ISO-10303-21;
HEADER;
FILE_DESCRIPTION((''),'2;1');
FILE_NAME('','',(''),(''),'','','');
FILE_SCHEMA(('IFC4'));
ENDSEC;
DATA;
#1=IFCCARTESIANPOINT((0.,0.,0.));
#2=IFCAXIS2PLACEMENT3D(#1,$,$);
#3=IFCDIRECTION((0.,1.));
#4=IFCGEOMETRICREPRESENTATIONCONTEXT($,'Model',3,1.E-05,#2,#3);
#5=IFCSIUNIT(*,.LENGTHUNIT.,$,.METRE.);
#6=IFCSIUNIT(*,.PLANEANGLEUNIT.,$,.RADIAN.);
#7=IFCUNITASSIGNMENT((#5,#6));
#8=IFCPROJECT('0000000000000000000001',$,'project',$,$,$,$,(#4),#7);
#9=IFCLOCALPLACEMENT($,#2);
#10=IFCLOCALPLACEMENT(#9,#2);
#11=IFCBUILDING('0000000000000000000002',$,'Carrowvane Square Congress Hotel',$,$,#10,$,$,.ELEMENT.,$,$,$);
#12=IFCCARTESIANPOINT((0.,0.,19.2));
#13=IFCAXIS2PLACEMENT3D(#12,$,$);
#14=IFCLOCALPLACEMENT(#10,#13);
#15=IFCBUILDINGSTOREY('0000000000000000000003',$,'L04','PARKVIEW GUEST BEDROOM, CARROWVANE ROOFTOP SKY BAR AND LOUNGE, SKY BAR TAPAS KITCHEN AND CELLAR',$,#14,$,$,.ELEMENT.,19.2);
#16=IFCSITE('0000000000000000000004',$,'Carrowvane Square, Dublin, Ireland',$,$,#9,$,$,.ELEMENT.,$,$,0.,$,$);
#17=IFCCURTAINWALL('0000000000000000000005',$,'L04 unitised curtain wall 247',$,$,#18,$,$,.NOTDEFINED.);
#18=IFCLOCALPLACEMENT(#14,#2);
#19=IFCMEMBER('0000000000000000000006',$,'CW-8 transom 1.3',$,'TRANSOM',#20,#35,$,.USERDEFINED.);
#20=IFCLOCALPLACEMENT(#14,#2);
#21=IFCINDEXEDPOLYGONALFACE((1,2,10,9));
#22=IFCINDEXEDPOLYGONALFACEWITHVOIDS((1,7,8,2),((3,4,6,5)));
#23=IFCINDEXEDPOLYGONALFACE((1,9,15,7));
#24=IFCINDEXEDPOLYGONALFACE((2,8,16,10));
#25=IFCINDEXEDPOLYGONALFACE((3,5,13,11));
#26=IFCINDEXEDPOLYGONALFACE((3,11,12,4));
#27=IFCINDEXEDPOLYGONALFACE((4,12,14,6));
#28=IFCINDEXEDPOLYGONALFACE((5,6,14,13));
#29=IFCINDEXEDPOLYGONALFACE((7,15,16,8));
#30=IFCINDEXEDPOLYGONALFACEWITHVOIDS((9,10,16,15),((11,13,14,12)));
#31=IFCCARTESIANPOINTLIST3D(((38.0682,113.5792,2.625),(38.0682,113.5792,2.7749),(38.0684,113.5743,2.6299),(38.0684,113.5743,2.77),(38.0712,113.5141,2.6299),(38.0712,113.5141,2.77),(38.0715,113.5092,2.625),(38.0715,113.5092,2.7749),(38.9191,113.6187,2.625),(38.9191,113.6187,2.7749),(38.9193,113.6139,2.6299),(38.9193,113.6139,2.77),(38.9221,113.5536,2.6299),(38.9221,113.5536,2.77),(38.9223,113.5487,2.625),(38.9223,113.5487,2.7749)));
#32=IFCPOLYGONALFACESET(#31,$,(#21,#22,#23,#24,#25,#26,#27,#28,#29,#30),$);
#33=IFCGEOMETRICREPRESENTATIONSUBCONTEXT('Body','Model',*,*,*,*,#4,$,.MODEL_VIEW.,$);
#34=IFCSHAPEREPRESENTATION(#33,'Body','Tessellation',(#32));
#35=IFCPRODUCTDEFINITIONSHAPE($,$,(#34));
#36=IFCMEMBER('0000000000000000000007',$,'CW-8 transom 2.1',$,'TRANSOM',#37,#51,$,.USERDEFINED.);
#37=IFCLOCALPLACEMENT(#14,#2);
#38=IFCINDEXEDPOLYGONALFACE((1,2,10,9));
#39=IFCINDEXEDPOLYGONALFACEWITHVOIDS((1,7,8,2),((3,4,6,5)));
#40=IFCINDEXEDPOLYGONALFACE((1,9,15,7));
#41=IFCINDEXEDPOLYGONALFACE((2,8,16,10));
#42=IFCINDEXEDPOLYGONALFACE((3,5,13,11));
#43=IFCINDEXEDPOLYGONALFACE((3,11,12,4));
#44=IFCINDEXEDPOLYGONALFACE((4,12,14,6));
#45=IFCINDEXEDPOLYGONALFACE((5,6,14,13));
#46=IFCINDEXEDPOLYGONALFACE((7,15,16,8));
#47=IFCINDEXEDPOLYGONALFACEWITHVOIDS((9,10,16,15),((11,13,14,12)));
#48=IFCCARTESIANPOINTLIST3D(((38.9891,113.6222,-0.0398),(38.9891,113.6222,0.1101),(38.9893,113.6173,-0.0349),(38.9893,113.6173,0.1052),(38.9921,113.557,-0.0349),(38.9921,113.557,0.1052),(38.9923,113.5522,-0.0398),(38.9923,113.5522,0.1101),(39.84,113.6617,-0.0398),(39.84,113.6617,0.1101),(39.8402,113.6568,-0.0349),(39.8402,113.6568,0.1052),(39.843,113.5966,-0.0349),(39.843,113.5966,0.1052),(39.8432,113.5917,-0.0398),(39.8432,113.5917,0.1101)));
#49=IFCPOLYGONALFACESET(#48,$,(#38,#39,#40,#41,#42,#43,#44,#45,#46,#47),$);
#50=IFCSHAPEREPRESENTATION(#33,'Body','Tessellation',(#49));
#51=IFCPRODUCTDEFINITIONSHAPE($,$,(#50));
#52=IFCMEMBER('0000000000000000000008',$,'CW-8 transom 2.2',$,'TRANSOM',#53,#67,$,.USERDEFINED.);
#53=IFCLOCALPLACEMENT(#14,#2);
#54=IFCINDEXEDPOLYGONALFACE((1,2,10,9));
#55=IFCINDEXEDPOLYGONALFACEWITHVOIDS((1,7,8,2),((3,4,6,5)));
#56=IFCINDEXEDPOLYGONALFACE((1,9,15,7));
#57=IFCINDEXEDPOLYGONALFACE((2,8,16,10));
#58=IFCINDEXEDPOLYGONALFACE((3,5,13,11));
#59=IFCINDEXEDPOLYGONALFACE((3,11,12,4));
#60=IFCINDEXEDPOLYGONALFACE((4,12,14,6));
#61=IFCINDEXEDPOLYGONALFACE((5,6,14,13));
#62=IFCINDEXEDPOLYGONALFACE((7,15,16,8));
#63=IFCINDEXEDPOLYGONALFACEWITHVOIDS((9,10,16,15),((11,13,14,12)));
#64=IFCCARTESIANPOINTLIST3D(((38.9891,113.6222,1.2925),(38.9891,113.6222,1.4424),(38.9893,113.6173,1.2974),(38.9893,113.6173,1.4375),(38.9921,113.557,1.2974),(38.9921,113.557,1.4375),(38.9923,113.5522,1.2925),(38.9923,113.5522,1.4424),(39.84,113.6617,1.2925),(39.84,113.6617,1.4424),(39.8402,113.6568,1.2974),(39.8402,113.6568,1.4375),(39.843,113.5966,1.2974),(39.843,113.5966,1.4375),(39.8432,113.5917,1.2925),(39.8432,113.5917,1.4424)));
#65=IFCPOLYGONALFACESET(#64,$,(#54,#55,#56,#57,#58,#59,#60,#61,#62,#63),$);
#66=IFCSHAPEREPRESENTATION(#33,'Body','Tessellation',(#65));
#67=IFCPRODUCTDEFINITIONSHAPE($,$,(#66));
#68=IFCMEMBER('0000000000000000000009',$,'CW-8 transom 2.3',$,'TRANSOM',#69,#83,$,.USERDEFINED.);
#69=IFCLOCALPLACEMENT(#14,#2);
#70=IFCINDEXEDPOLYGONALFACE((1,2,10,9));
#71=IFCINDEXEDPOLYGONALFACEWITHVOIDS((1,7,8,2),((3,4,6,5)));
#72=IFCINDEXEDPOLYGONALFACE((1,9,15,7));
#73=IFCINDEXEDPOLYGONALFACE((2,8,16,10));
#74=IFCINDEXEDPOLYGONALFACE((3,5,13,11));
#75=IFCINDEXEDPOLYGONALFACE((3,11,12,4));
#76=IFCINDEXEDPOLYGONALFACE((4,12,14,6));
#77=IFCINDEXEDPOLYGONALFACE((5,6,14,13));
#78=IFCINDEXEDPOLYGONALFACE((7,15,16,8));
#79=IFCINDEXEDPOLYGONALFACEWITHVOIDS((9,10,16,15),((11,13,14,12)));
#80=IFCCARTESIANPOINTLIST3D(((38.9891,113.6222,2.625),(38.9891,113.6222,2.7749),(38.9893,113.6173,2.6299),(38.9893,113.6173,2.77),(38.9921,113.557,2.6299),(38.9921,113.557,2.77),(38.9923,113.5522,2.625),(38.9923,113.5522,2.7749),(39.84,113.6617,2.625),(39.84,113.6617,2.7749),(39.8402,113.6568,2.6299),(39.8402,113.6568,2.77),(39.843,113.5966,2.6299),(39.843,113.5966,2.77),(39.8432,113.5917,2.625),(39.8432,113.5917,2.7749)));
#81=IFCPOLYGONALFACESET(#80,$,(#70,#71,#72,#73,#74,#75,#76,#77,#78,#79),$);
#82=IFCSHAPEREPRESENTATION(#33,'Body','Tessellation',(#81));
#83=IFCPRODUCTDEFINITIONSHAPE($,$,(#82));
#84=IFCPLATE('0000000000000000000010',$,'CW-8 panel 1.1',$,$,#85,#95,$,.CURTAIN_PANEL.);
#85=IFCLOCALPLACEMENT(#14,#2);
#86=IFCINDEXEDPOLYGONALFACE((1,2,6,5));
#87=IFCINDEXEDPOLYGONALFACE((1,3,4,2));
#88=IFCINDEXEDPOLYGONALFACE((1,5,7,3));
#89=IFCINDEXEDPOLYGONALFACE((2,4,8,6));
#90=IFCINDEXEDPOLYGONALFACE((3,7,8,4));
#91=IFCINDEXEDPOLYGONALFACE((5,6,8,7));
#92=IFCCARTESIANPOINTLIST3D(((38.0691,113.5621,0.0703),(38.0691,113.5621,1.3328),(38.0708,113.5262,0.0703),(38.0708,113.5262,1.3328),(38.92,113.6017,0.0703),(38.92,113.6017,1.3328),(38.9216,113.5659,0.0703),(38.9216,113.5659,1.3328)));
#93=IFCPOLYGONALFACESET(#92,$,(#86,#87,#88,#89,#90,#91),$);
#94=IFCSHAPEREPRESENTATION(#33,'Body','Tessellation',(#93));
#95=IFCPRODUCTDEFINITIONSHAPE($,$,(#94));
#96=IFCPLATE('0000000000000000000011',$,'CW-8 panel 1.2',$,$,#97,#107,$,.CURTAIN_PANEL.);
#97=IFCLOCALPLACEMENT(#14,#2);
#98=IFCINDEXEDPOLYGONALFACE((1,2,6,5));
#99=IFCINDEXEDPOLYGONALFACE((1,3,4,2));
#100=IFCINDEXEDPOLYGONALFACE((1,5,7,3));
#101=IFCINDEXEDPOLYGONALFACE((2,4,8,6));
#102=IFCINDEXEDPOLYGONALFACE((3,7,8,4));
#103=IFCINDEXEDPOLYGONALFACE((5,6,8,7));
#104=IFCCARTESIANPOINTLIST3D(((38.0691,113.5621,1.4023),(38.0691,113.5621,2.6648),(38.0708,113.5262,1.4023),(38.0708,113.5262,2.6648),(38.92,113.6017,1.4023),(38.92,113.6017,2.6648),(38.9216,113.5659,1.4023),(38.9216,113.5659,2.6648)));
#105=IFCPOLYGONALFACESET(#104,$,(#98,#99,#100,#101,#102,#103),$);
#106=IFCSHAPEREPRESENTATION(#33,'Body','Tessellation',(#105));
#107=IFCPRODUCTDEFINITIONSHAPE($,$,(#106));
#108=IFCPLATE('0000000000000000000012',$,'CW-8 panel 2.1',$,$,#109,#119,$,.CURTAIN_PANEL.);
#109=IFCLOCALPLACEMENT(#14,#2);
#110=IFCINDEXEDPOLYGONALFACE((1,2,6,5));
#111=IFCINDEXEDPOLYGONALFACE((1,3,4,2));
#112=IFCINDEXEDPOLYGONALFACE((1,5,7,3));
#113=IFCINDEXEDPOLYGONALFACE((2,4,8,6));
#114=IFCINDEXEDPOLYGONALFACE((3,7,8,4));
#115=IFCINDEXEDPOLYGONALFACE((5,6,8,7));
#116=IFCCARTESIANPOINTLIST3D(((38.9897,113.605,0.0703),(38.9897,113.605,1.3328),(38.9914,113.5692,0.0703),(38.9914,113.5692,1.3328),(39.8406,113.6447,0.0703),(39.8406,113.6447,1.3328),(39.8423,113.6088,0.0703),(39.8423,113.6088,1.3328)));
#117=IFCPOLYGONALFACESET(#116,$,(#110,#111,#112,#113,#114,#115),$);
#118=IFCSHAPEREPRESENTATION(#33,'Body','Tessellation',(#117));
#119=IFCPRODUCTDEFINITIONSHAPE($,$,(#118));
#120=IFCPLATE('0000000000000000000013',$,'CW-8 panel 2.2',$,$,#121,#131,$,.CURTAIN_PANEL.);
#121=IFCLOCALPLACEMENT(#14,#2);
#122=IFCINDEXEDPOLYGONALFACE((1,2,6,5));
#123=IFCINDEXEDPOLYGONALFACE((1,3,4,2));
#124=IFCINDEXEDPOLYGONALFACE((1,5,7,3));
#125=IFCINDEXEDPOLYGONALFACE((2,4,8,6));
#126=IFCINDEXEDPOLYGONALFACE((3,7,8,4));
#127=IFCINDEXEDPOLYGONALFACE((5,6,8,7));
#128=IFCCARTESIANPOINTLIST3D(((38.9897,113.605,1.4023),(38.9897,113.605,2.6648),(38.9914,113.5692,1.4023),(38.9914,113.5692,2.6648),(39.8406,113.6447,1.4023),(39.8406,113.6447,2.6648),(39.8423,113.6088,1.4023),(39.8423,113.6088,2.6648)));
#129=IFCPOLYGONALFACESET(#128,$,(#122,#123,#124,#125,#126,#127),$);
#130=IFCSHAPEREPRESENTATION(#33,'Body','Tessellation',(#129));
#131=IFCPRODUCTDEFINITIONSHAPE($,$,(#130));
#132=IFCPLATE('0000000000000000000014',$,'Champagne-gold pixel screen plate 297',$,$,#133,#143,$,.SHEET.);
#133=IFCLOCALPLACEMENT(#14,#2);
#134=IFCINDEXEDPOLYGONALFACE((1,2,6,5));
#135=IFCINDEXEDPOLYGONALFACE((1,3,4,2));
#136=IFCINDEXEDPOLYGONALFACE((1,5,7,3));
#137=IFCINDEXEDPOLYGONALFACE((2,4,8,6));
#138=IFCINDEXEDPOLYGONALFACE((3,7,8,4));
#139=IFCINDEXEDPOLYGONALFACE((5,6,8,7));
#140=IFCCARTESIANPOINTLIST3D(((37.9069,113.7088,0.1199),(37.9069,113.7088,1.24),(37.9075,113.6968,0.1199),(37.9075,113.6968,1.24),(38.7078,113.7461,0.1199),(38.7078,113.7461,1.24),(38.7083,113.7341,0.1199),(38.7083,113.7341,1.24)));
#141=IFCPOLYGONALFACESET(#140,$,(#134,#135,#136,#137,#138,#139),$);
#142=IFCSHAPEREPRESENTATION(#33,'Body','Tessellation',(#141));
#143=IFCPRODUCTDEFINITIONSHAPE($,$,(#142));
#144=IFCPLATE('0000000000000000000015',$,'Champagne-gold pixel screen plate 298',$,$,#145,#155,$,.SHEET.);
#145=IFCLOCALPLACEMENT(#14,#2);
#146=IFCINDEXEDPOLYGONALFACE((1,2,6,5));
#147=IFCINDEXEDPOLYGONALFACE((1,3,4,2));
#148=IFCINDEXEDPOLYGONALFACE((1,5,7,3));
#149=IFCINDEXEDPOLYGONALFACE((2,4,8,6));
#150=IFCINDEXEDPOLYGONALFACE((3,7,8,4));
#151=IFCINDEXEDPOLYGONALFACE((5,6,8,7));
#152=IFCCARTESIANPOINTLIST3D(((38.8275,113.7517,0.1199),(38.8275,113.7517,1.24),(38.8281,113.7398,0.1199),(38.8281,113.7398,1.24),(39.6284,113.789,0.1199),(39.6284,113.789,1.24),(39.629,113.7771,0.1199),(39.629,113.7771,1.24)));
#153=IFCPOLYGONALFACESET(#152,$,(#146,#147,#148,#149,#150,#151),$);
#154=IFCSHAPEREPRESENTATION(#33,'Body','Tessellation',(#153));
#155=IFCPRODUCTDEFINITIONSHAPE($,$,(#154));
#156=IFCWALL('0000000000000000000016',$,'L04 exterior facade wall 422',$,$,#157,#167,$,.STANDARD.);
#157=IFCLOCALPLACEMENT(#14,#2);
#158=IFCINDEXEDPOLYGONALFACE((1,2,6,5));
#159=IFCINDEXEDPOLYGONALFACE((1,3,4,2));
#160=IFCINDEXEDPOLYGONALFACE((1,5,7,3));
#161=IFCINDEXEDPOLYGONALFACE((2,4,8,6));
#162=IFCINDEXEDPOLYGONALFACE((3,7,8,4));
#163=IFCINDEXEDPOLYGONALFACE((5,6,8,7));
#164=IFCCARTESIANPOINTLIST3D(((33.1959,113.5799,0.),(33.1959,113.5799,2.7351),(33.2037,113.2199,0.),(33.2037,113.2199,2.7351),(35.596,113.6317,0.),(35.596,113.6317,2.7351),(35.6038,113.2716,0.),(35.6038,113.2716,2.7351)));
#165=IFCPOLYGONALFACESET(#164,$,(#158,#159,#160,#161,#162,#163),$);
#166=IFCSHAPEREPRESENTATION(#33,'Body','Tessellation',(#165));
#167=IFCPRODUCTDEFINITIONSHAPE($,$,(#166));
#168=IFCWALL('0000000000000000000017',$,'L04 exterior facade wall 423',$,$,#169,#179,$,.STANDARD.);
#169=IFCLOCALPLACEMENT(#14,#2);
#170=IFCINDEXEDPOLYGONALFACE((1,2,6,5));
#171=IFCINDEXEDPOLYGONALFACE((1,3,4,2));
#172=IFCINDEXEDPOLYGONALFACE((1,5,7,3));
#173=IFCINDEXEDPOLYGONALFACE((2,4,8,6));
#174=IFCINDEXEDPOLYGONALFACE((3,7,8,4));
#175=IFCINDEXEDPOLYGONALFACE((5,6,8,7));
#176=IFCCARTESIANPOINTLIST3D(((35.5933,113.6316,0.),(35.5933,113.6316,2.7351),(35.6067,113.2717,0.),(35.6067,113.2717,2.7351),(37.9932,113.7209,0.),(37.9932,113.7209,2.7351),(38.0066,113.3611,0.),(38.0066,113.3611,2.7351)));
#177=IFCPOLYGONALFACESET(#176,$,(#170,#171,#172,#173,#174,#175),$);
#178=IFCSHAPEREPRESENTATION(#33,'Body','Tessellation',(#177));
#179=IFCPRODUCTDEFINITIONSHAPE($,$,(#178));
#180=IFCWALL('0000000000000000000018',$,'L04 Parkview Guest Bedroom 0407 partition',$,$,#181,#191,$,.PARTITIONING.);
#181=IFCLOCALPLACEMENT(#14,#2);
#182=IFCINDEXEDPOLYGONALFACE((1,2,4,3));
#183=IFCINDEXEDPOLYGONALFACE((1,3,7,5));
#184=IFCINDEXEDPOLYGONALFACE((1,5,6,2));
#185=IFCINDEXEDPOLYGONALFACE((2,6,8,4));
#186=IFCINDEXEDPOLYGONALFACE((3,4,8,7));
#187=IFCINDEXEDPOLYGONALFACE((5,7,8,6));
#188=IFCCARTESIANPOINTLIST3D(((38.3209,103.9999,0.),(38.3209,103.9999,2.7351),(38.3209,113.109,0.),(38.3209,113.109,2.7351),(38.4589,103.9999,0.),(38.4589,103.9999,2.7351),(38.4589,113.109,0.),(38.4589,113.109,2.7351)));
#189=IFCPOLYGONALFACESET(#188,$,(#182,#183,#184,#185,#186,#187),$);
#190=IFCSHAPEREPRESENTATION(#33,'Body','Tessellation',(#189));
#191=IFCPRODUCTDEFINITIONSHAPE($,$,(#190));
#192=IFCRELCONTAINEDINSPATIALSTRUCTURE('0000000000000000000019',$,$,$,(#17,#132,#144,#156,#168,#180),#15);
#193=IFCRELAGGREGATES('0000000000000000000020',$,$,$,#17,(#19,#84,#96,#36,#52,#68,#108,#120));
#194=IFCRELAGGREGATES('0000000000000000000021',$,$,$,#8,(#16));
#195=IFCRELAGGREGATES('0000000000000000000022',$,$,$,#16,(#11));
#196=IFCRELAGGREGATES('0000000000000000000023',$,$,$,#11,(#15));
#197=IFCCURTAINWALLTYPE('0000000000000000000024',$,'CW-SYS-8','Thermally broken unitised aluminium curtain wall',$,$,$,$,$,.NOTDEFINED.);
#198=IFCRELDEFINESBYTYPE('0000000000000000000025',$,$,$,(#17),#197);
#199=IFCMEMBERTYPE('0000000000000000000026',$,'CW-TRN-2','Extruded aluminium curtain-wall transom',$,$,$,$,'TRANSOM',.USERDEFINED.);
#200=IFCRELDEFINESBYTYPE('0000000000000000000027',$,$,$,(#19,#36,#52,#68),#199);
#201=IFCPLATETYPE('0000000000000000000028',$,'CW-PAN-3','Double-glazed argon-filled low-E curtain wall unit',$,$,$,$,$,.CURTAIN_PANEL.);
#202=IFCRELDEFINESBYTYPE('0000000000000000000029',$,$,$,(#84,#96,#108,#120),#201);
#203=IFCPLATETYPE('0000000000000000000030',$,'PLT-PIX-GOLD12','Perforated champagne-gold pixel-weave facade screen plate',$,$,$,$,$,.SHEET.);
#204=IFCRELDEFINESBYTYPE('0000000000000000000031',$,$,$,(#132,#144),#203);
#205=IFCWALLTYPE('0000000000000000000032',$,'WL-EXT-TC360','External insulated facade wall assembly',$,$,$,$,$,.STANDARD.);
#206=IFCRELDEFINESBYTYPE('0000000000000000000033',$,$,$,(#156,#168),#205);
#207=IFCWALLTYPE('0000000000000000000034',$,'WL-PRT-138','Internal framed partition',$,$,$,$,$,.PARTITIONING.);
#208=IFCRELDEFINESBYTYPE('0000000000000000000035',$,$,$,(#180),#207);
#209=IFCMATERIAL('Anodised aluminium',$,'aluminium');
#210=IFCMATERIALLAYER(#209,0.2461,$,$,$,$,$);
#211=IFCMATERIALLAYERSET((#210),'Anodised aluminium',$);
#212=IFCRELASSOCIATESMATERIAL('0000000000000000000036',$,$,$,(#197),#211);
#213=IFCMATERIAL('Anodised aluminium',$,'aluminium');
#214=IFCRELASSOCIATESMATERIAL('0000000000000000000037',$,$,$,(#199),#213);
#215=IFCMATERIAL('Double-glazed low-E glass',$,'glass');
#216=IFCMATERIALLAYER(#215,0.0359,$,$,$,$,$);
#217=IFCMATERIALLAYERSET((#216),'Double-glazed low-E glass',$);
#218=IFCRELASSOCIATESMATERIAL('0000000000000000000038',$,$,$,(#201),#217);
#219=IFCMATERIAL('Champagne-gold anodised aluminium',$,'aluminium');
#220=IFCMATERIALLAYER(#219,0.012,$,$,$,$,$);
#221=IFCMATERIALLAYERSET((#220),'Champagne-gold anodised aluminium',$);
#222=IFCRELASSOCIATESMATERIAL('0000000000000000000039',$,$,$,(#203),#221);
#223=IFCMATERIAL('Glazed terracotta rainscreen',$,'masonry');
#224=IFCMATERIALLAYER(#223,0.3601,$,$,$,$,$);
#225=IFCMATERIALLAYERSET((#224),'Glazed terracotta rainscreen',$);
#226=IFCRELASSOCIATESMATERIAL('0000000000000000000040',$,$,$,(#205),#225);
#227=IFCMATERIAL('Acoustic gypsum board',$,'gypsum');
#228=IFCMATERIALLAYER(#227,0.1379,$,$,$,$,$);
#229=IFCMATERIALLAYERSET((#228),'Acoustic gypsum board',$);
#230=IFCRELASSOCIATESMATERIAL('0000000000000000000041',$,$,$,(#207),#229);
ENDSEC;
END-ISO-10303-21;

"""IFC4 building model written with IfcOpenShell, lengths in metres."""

from ifc_helpers import new_model, si_unit, direction, frame, frame_2d, origin, origin_2d, place, context, subcontext, project, spatial, rectangle, hollow_rectangle, extrude, material, layer, layer_set, material_profile, profile_set, type_object, element, aggregate, save


model = new_model("IFC4")

# Units and contexts
model_context = context("Model", 3, precision=1e-05, world=origin(), true_north=direction((0.0, 1.0)))
body_context = subcontext(model_context, "Body", "Model", "MODEL_VIEW")
ifc_project = project(units=[si_unit("LENGTHUNIT", "METRE"), si_unit("PLANEANGLEUNIT", "RADIAN")], contexts=[model_context])

# Site, building, storey
site_placement = place(None, origin())
site = spatial("IfcSite", under=ifc_project, at=site_placement, Name="Carrowvane Square, Dublin, Ireland", CompositionType="ELEMENT", RefElevation=0.0)
building_placement = place(site_placement, origin())
building = spatial("IfcBuilding", under=site, at=building_placement, Name="Carrowvane Square Congress Hotel", CompositionType="ELEMENT")
storey_placement = place(building_placement, frame((0.0, 0.0, 19.2)))
storey = spatial("IfcBuildingStorey", under=building, at=storey_placement, Name="L04", Description="PARKVIEW GUEST BEDROOM, CARROWVANE ROOFTOP SKY BAR AND LOUNGE, SKY BAR TAPAS KITCHEN AND CELLAR", CompositionType="ELEMENT", Elevation=19.2)

# Curtain wall, members, plates
ifc_material_1 = material(Name="Anodised aluminium", Category="aluminium")
ifc_layer_1 = layer(ifc_material_1, 0.2461)
ifc_layer_set_1 = layer_set([ifc_layer_1], Name="Anodised aluminium")
curtain_wall_type = type_object("IfcCurtainWallType", Name="CW-SYS-8", Description="Thermally broken unitised aluminium curtain wall", PredefinedType="NOTDEFINED", material=ifc_layer_set_1)
curtain_wall_placement = place(storey_placement, origin())
curtain_wall = element("IfcCurtainWall", 1, at=curtain_wall_placement, inside=storey, type_object=curtain_wall_type, Name="L04 unitised curtain wall 247", PredefinedType="NOTDEFINED")
ifc_material_2 = material(Name="Anodised aluminium", Category="aluminium")
ifc_material_profile_1 = material_profile(ifc_material_2, hollow_rectangle(XDim=0.0701, YDim=0.1499, WallThickness=0.0049, at=origin_2d()), Name="CW-TR 70x150x5")
ifc_profile_set_1 = profile_set([ifc_material_profile_1], Name="Anodised aluminium")
member_type_1 = type_object("IfcMemberType", Name="CW-TRN-2", Description="Extruded aluminium curtain-wall transom", ElementType="TRANSOM", PredefinedType="USERDEFINED", material=ifc_profile_set_1)
member_1_placement = place(storey_placement, frame((38.0698, 113.5442, 2.7), z_axis=(0.998921, 0.046435, 0.0), x_axis=(-0.046435, 0.998921, 0.0)))
member_1 = element("IfcMember", 2, at=member_1_placement, type_object=member_type_1, Name="CW-8 transom 1.3", ObjectType="TRANSOM", PredefinedType="USERDEFINED", context=body_context, shape_type="SweptSolid", body=[
    extrude(hollow_rectangle(XDim=0.0701, YDim=0.1499, WallThickness=0.0049, at=origin_2d()), origin(), (0.0, 0.0, 1.0), 0.8518),
])
member_2_placement = place(storey_placement, frame((38.9907, 113.5872, 0.0352), z_axis=(0.998921, 0.046435, 0.0), x_axis=(-0.046435, 0.998921, 0.0)))
member_2 = element("IfcMember", 3, at=member_2_placement, type_object=member_type_1, Name="CW-8 transom 2.1", ObjectType="TRANSOM", PredefinedType="USERDEFINED", context=body_context, shape_type="SweptSolid", body=[
    extrude(hollow_rectangle(XDim=0.0701, YDim=0.1499, WallThickness=0.0049, at=origin_2d()), origin(), (0.0, 0.0, 1.0), 0.8518),
])
member_3_placement = place(storey_placement, frame((38.9907, 113.5872, 1.3674), z_axis=(0.998921, 0.046435, 0.0), x_axis=(-0.046435, 0.998921, 0.0)))
member_3 = element("IfcMember", 4, at=member_3_placement, type_object=member_type_1, Name="CW-8 transom 2.2", ObjectType="TRANSOM", PredefinedType="USERDEFINED", context=body_context, shape_type="SweptSolid", body=[
    extrude(hollow_rectangle(XDim=0.0701, YDim=0.1499, WallThickness=0.0049, at=origin_2d()), origin(), (0.0, 0.0, 1.0), 0.8518),
])
member_4_placement = place(storey_placement, frame((38.9907, 113.5872, 2.7), z_axis=(0.998921, 0.046435, 0.0), x_axis=(-0.046435, 0.998921, 0.0)))
member_4 = element("IfcMember", 5, at=member_4_placement, type_object=member_type_1, Name="CW-8 transom 2.3", ObjectType="TRANSOM", PredefinedType="USERDEFINED", context=body_context, shape_type="SweptSolid", body=[
    extrude(hollow_rectangle(XDim=0.0701, YDim=0.1499, WallThickness=0.0049, at=origin_2d()), origin(), (0.0, 0.0, 1.0), 0.8518),
])
ifc_material_3 = material(Name="Double-glazed low-E glass", Category="glass")
ifc_layer_2 = layer(ifc_material_3, 0.0359)
ifc_layer_set_2 = layer_set([ifc_layer_2], Name="Double-glazed low-E glass")
plate_type_1 = type_object("IfcPlateType", Name="CW-PAN-3", Description="Double-glazed argon-filled low-E curtain wall unit", PredefinedType="CURTAIN_PANEL", material=ifc_layer_set_2)
plate_1_placement = place(storey_placement, frame((38.4954, 113.564, 0.0703), z_axis=(0.0, 0.0, 1.0), x_axis=(0.998917, 0.046522, 0.0)))
plate_1 = element("IfcPlate", 6, at=plate_1_placement, type_object=plate_type_1, Name="CW-8 panel 1.1", PredefinedType="CURTAIN_PANEL", context=body_context, shape_type="SweptSolid", body=[
    extrude(rectangle(XDim=0.8518, YDim=0.0359, at=origin_2d()), origin(), (0.0, 0.0, 1.0), 1.2625),
])
plate_2_placement = place(storey_placement, frame((38.4954, 113.564, 1.4023), z_axis=(0.0, 0.0, 1.0), x_axis=(0.998917, 0.046522, 0.0)))
plate_2 = element("IfcPlate", 7, at=plate_2_placement, type_object=plate_type_1, Name="CW-8 panel 1.2", PredefinedType="CURTAIN_PANEL", context=body_context, shape_type="SweptSolid", body=[
    extrude(rectangle(XDim=0.8518, YDim=0.0359, at=origin_2d()), origin(), (0.0, 0.0, 1.0), 1.2625),
])
plate_3_placement = place(storey_placement, frame((39.416, 113.6069, 0.0703), z_axis=(0.0, 0.0, 1.0), x_axis=(0.998917, 0.046522, 0.0)))
plate_3 = element("IfcPlate", 8, at=plate_3_placement, type_object=plate_type_1, Name="CW-8 panel 2.1", PredefinedType="CURTAIN_PANEL", context=body_context, shape_type="SweptSolid", body=[
    extrude(rectangle(XDim=0.8518, YDim=0.0359, at=origin_2d()), origin(), (0.0, 0.0, 1.0), 1.2625),
])
plate_4_placement = place(storey_placement, frame((39.416, 113.6069, 1.4023), z_axis=(0.0, 0.0, 1.0), x_axis=(0.998917, 0.046522, 0.0)))
plate_4 = element("IfcPlate", 9, at=plate_4_placement, type_object=plate_type_1, Name="CW-8 panel 2.2", PredefinedType="CURTAIN_PANEL", context=body_context, shape_type="SweptSolid", body=[
    extrude(rectangle(XDim=0.8518, YDim=0.0359, at=origin_2d()), origin(), (0.0, 0.0, 1.0), 1.2625),
])
aggregate(curtain_wall, [member_1, plate_1, plate_2, member_2, member_3, member_4, plate_3, plate_4])

# Plates
ifc_material_4 = material(Name="Champagne-gold anodised aluminium", Category="aluminium")
ifc_layer_3 = layer(ifc_material_4, 0.012)
ifc_layer_set_3 = layer_set([ifc_layer_3], Name="Champagne-gold anodised aluminium")
plate_type_2 = type_object("IfcPlateType", Name="PLT-PIX-GOLD12", Description="Perforated champagne-gold pixel-weave facade screen plate", PredefinedType="SHEET", material=ifc_layer_set_3)
for number, where, z_axis, x_axis, name in (
    (10, (38.3076, 113.7214, 0.1199), (0.0, 0.0, 1.0), (0.998917, 0.046521, 0.0), "Champagne-gold pixel screen plate 297"),
    (11, (39.2283, 113.7644, 0.1199), (0.0, 0.0, 1.0), (0.998917, 0.046521, 0.0), "Champagne-gold pixel screen plate 298"),
):
    element("IfcPlate", number, at=place(storey_placement, frame(where, z_axis=z_axis, x_axis=x_axis)), inside=storey, type_object=plate_type_2, Name=name, PredefinedType="SHEET", context=body_context, shape_type="SweptSolid", body=[
        extrude(rectangle(XDim=0.8018, YDim=0.012, at=origin_2d()), origin(), (0.0, 0.0, 1.0), 1.1201),
    ])

# Walls
ifc_material_5 = material(Name="Glazed terracotta rainscreen", Category="masonry")
ifc_layer_4 = layer(ifc_material_5, 0.3601)
ifc_layer_set_4 = layer_set([ifc_layer_4], Name="Glazed terracotta rainscreen")
wall_type_1 = type_object("IfcWallType", Name="WL-EXT-TC360", Description="External insulated facade wall assembly", PredefinedType="STANDARD", material=ifc_layer_set_4)
wall_1_placement = place(storey_placement, frame((33.2, 113.3999, 0.0), z_axis=(0.0, 0.0, 1.0), x_axis=(0.999768, 0.021559, 0.0)))
element("IfcWall", 12, at=wall_1_placement, inside=storey, type_object=wall_type_1, Name="L04 exterior facade wall 422", PredefinedType="STANDARD", context=body_context, shape_type="SweptSolid", body=[
    extrude(rectangle(XDim=2.4006, YDim=0.3601, at=frame_2d((1.2002, 0.0))), origin(), (0.0, 0.0, 1.0), 2.7351),
])
wall_2_placement = place(storey_placement, frame((35.6001, 113.4517, 0.0), z_axis=(0.0, 0.0, 1.0), x_axis=(0.999308, 0.037207, 0.0)))
element("IfcWall", 13, at=wall_2_placement, inside=storey, type_object=wall_type_1, Name="L04 exterior facade wall 423", PredefinedType="STANDARD", context=body_context, shape_type="SweptSolid", body=[
    extrude(rectangle(XDim=2.4016, YDim=0.3601, at=frame_2d((1.2007, 0.0))), origin(), (0.0, 0.0, 1.0), 2.7351),
])
ifc_material_6 = material(Name="Acoustic gypsum board", Category="gypsum")
ifc_layer_5 = layer(ifc_material_6, 0.1379)
ifc_layer_set_5 = layer_set([ifc_layer_5], Name="Acoustic gypsum board")
wall_type_2 = type_object("IfcWallType", Name="WL-PRT-138", Description="Internal framed partition", PredefinedType="PARTITIONING", material=ifc_layer_set_5)
wall_3_placement = place(storey_placement, frame((38.3899, 113.1091, 0.0), z_axis=(0.0, 0.0, 1.0), x_axis=(0.0, -1.0, 0.0)))
element("IfcWall", 14, at=wall_3_placement, inside=storey, type_object=wall_type_2, Name="L04 Parkview Guest Bedroom 0407 partition", PredefinedType="PARTITIONING", context=body_context, shape_type="SweptSolid", body=[
    extrude(rectangle(XDim=9.1091, YDim=0.1379, at=frame_2d((4.5547, 0.0))), origin(), (0.0, 0.0, 1.0), 2.7351),
])

save(model, "model.ifc")
